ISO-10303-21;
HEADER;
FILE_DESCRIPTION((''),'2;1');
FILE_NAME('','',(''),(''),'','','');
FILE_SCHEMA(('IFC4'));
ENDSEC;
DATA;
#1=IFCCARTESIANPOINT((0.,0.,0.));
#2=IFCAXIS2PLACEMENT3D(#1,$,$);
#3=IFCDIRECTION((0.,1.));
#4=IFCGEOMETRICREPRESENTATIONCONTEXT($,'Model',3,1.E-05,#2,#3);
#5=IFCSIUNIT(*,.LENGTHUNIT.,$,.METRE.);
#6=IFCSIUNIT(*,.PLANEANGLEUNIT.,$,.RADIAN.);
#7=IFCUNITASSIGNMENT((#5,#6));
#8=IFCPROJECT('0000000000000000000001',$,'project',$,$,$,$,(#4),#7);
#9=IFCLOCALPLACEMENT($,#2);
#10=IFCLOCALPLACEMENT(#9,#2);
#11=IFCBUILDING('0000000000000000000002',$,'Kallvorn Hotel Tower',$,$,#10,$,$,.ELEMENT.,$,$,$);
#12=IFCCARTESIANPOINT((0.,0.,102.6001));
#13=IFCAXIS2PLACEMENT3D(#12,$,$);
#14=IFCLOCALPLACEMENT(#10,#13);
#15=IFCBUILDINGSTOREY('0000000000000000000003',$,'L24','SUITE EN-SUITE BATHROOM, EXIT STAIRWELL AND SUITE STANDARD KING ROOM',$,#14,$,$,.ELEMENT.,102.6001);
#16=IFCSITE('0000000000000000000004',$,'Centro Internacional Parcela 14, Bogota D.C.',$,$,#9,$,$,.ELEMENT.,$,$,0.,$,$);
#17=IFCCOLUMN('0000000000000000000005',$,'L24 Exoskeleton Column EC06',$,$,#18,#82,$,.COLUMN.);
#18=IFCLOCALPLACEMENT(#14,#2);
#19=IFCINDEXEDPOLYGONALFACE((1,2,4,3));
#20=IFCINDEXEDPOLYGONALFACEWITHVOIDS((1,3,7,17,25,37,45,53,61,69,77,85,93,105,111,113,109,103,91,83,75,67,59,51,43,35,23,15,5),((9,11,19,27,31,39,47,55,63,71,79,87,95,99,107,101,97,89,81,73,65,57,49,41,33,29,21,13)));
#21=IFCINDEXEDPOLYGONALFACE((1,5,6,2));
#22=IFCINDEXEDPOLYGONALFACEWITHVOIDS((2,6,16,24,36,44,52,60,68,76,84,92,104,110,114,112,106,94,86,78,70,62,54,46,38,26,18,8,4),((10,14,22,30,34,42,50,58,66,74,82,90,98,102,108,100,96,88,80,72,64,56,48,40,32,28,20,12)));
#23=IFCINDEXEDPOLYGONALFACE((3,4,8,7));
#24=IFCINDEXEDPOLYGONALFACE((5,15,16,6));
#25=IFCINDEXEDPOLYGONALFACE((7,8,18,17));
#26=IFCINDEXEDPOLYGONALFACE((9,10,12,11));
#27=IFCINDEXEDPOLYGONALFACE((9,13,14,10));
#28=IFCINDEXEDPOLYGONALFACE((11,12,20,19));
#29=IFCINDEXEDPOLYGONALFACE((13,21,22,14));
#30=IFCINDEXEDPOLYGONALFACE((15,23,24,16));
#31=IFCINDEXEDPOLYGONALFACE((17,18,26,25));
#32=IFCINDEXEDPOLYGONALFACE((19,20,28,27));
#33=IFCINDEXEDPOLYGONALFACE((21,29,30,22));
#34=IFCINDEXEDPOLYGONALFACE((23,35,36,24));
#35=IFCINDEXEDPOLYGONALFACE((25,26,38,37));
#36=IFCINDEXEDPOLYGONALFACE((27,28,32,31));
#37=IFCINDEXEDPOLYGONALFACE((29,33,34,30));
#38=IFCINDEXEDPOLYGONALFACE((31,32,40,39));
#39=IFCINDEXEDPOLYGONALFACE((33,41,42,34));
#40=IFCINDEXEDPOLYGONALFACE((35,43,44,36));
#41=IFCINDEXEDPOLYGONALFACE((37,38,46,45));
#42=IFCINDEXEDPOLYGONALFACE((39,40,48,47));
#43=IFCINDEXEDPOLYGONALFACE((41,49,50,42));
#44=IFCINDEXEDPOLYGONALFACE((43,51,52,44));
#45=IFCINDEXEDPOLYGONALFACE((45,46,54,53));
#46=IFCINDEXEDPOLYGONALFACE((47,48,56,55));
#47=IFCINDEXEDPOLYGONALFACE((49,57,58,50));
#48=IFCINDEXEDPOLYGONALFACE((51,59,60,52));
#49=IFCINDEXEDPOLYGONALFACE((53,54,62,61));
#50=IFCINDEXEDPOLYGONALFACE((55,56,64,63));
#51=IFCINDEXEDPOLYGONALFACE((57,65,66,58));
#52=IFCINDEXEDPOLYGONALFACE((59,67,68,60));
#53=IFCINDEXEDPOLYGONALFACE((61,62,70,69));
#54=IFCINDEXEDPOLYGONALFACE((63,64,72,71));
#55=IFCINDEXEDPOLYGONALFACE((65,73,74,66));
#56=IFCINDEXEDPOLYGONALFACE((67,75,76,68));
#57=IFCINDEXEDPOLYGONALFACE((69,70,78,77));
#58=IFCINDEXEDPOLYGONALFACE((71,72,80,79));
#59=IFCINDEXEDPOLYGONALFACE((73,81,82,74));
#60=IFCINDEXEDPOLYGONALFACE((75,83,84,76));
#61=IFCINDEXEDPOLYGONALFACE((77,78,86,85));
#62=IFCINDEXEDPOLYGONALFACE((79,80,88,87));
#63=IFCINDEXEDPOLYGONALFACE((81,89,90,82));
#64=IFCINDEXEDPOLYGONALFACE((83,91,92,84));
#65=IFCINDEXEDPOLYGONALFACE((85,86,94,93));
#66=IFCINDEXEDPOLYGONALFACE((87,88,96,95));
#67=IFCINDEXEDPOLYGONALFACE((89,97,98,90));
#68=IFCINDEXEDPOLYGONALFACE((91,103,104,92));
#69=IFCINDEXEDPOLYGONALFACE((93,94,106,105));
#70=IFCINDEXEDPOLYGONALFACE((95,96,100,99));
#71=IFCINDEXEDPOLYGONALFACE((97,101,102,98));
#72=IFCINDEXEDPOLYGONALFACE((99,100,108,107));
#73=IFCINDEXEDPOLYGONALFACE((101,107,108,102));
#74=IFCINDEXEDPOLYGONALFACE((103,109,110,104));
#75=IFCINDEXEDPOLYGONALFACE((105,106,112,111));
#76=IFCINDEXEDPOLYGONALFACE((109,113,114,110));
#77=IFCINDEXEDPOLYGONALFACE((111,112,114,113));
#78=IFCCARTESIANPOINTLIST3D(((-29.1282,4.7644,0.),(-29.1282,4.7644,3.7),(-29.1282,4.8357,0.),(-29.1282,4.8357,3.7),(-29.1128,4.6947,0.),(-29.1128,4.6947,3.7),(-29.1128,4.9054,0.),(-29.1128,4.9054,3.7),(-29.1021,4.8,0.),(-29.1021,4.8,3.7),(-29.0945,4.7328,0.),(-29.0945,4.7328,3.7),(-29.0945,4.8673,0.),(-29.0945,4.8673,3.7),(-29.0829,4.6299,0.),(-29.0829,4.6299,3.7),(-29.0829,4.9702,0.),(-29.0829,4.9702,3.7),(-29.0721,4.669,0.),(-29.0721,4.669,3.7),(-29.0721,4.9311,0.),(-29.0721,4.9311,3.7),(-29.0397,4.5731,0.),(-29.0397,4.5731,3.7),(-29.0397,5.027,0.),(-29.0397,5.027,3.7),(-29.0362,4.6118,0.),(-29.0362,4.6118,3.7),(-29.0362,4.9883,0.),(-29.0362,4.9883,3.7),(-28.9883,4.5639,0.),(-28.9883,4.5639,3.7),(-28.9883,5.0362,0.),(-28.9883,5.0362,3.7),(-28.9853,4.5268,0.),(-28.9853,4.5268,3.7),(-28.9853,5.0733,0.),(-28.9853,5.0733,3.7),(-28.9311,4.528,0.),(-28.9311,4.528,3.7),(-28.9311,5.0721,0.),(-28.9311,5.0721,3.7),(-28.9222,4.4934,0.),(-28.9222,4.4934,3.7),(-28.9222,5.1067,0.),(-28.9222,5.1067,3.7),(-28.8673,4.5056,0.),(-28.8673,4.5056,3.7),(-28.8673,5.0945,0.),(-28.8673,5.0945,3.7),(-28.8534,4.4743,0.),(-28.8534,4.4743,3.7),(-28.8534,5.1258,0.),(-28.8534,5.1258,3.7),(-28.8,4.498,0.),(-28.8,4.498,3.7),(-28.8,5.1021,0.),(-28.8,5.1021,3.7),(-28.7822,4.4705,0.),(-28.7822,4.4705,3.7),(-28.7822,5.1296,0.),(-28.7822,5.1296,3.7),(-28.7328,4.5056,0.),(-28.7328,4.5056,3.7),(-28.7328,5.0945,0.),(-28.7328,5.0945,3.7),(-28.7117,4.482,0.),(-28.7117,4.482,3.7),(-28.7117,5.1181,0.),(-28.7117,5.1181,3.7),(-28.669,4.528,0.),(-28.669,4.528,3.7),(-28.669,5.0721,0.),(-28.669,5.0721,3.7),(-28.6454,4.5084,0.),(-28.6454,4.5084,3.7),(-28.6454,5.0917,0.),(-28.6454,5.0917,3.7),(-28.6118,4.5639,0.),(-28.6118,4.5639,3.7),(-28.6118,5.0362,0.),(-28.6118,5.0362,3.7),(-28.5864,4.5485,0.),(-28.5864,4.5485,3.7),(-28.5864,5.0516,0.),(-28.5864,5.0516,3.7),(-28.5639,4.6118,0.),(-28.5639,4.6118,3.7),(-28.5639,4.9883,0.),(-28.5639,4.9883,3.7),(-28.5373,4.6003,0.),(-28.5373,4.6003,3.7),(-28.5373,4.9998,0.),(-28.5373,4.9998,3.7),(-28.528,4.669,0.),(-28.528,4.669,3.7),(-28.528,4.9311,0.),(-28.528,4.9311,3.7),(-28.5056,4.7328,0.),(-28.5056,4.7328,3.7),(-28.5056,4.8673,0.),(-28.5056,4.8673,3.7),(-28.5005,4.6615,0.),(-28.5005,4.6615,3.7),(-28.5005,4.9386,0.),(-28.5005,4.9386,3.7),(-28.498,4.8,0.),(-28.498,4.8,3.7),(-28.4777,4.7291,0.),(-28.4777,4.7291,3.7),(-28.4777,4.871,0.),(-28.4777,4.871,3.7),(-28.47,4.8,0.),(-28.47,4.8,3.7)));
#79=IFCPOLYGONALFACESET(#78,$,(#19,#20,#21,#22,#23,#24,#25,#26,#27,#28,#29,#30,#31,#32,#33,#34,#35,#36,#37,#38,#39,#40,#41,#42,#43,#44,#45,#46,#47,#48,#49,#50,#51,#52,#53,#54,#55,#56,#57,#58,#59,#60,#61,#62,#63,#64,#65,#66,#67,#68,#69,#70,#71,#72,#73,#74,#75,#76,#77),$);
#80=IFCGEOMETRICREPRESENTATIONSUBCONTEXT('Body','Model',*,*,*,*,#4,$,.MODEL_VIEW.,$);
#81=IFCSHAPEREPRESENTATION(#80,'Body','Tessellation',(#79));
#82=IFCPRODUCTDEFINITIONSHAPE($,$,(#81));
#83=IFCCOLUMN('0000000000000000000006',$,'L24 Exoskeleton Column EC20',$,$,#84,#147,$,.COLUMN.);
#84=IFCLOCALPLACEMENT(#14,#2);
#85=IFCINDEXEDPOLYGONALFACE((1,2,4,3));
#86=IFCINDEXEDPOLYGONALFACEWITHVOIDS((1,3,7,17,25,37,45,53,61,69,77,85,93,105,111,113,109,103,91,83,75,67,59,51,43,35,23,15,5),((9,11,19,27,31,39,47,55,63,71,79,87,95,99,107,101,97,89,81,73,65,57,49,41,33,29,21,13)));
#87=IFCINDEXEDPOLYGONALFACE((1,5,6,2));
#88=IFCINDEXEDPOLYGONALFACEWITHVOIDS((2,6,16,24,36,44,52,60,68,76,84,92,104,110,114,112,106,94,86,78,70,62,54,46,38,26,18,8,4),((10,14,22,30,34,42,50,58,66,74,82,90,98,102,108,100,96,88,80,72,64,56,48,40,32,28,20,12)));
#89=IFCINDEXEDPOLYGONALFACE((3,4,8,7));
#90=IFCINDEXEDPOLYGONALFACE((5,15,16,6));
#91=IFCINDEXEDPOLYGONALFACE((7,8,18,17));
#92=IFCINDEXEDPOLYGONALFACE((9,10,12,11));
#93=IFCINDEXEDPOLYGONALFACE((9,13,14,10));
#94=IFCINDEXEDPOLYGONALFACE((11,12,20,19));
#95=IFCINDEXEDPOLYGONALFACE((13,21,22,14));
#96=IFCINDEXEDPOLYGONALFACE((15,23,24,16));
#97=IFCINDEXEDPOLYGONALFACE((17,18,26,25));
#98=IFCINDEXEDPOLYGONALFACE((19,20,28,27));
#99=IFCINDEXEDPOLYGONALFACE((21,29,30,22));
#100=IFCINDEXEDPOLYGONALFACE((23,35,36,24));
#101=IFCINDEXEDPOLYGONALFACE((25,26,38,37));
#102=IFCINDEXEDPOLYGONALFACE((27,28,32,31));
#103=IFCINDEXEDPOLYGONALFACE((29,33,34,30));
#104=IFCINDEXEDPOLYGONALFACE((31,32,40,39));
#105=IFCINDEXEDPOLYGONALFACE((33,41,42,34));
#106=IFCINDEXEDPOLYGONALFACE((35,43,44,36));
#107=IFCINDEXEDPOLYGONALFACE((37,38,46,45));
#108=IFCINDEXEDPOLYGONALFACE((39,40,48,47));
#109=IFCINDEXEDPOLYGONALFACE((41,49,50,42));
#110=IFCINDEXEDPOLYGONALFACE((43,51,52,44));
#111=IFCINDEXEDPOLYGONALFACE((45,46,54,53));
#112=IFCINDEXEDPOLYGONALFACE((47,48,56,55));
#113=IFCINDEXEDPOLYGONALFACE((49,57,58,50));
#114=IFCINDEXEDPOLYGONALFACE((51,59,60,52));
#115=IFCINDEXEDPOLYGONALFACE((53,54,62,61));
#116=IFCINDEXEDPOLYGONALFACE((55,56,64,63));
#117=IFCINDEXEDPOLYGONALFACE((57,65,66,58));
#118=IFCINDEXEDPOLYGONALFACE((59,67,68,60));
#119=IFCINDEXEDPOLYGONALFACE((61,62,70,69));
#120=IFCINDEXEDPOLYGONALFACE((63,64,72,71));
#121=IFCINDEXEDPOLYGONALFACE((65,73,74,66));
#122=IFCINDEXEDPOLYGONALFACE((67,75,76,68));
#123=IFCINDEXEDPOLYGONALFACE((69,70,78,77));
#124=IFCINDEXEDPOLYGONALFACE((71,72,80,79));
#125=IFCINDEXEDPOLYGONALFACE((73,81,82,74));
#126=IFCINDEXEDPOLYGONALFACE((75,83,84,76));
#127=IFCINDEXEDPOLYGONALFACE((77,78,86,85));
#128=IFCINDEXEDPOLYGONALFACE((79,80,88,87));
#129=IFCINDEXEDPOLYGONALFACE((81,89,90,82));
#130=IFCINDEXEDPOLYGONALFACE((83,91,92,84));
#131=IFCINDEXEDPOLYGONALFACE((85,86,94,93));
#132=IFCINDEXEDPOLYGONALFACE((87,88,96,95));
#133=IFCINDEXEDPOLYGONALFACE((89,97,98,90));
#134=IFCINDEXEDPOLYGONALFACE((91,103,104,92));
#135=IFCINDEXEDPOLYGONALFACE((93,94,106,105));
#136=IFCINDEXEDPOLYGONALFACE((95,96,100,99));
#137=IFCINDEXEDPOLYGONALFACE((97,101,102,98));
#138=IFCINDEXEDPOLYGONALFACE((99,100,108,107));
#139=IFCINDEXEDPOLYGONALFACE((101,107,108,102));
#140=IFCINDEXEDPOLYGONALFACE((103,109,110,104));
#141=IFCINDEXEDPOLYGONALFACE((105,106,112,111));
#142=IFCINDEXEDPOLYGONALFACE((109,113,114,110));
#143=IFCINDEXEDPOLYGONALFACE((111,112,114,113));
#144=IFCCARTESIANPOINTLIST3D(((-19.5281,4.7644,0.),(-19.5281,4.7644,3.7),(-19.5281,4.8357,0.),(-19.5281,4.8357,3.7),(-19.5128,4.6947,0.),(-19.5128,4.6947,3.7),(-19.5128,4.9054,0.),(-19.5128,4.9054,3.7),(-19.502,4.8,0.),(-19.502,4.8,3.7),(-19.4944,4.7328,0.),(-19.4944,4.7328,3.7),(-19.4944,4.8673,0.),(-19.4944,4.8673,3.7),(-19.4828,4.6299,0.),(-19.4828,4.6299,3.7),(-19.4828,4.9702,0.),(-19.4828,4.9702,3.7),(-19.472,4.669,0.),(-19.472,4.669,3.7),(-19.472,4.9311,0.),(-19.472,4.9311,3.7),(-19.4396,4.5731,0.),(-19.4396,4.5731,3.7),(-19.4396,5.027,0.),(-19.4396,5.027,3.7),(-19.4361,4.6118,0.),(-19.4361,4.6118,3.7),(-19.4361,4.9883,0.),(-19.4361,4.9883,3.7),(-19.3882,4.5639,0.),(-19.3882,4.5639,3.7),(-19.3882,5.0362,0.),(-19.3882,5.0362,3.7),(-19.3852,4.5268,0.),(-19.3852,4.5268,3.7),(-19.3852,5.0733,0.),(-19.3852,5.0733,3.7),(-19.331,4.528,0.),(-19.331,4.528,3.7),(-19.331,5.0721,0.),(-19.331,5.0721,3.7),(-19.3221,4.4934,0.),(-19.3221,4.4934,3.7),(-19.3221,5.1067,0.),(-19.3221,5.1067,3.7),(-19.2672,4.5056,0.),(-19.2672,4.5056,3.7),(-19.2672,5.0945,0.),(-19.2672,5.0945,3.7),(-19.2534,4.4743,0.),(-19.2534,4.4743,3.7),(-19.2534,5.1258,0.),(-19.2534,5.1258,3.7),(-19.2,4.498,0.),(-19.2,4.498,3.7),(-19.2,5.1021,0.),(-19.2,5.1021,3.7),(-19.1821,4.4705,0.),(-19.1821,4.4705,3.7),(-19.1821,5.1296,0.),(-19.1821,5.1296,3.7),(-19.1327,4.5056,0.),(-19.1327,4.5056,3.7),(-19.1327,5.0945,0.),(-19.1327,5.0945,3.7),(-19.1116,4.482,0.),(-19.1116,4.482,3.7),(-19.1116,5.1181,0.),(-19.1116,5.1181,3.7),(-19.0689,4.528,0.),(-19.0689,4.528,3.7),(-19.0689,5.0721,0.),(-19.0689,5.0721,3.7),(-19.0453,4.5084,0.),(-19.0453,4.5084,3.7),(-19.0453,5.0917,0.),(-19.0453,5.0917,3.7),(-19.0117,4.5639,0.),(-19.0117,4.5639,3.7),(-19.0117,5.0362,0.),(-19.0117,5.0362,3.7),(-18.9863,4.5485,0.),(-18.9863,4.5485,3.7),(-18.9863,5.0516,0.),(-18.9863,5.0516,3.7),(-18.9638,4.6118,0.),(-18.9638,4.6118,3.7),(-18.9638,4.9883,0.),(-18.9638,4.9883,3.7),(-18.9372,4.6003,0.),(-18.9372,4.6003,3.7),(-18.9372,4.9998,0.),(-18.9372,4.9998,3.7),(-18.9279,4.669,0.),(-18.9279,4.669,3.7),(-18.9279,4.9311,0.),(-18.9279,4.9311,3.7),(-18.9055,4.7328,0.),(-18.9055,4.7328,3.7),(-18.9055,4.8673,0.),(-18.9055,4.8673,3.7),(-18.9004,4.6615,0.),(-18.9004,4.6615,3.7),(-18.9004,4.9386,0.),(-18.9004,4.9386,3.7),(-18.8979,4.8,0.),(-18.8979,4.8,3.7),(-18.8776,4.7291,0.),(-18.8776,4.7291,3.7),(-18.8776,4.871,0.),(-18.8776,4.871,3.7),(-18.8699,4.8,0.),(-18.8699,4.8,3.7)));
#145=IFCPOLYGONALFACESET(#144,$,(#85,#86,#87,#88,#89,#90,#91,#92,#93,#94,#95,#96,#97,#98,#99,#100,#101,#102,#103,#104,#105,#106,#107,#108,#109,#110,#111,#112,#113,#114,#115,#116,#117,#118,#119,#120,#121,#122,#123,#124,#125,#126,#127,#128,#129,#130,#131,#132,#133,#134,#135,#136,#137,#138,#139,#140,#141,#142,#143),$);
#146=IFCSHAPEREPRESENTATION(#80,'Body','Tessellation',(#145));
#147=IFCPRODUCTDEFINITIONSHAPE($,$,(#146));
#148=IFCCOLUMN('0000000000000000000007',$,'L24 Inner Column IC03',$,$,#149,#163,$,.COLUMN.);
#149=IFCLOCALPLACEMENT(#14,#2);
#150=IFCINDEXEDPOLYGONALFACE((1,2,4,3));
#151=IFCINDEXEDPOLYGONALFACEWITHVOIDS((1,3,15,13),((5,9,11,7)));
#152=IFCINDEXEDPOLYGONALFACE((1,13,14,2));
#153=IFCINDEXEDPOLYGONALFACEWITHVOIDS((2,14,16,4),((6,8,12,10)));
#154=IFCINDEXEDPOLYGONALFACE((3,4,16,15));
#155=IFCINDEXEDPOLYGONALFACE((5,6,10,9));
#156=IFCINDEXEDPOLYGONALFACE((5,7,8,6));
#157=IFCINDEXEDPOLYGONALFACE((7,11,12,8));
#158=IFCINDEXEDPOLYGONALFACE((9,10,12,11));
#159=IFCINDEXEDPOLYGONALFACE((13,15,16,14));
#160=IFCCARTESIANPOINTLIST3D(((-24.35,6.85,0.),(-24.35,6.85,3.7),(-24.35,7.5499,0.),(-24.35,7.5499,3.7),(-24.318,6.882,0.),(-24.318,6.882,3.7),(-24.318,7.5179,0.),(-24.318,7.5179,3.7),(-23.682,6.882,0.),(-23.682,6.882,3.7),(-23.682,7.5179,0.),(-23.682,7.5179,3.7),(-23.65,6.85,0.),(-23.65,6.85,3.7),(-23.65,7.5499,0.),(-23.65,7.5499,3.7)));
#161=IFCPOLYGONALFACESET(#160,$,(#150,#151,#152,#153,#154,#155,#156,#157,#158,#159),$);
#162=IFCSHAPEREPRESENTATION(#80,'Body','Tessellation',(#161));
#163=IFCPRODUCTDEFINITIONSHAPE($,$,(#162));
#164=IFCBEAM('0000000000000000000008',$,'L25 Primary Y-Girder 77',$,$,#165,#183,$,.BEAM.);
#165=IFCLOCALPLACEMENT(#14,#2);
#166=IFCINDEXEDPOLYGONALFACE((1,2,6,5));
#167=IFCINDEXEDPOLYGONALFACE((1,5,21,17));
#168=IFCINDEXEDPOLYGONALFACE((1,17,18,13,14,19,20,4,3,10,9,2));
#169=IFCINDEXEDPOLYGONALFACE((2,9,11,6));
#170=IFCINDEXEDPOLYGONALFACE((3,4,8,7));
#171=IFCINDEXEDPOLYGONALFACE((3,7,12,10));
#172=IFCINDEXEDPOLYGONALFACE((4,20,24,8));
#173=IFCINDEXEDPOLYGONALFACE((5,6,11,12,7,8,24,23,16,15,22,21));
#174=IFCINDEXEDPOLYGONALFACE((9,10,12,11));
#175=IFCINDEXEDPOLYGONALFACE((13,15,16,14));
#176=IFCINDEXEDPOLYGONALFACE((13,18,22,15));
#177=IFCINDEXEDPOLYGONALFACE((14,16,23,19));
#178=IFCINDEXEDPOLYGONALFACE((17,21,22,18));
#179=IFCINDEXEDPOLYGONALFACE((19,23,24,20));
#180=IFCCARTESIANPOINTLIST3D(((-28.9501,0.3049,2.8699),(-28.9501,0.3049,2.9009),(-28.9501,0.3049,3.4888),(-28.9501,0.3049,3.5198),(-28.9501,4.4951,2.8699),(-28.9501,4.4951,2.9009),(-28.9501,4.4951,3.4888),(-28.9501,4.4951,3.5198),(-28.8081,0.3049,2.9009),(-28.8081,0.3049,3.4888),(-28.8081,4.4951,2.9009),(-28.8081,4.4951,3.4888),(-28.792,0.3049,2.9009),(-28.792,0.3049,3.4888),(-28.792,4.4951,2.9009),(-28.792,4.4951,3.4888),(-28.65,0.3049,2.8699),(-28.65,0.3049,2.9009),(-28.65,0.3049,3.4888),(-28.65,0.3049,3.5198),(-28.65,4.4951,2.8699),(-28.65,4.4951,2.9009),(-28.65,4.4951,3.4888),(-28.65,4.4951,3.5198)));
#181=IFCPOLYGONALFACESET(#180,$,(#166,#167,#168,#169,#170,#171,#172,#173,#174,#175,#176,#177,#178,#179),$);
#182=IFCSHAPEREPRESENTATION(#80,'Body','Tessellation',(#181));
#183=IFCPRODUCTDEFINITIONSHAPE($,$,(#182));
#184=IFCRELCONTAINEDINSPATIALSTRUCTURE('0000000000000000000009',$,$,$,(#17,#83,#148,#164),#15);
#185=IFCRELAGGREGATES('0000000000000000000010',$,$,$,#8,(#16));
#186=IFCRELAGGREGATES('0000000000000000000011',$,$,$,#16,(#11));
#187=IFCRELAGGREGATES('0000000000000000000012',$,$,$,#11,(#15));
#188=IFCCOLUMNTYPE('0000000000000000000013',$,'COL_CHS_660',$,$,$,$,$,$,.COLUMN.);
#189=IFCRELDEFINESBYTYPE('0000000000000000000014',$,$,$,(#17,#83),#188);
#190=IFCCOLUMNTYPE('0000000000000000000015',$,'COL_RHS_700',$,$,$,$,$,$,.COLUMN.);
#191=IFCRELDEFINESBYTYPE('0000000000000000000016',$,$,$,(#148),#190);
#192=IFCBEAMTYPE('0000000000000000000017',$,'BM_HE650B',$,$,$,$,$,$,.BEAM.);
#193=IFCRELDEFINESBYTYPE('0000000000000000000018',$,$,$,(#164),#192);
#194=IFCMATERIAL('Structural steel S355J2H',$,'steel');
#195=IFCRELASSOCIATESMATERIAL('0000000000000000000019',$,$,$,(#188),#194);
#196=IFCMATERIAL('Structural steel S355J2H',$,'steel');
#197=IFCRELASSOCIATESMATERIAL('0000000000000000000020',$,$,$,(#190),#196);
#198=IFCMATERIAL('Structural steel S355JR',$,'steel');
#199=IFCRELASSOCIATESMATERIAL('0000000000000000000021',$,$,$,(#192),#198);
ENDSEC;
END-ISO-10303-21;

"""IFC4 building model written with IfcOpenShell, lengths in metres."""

from ifc_helpers import new_model, si_unit, direction, frame, origin, origin_2d, place, context, subcontext, project, spatial, hollow_rectangle, hollow_circle, i_section, extrude, material, material_profile, profile_set, type_object, element, save


model = new_model("IFC4")

# Units and contexts
model_context = context("Model", 3, precision=1e-05, world=origin(), true_north=direction((0.0, 1.0)))
body_context = subcontext(model_context, "Body", "Model", "MODEL_VIEW")
ifc_project = project(units=[si_unit("LENGTHUNIT", "METRE"), si_unit("PLANEANGLEUNIT", "RADIAN")], contexts=[model_context])

# Site, building, storey
site_placement = place(None, origin())
site = spatial("IfcSite", under=ifc_project, at=site_placement, Name="Centro Internacional Parcela 14, Bogota D.C.", CompositionType="ELEMENT", RefElevation=0.0)
building_placement = place(site_placement, origin())
building = spatial("IfcBuilding", under=site, at=building_placement, Name="Kallvorn Hotel Tower", CompositionType="ELEMENT")
storey_placement = place(building_placement, frame((0.0, 0.0, 102.6001)))
storey = spatial("IfcBuildingStorey", under=building, at=storey_placement, Name="L24", Description="SUITE EN-SUITE BATHROOM, EXIT STAIRWELL AND SUITE STANDARD KING ROOM", CompositionType="ELEMENT", Elevation=102.6001)

# Columns
ifc_material_1 = material(Name="Structural steel S355J2H", Category="steel")
ifc_material_profile_1 = material_profile(ifc_material_1, hollow_circle(Radius=0.3301, WallThickness=0.0281, at=origin_2d()), Name="CHS 660x28")
ifc_profile_set_1 = profile_set([ifc_material_profile_1], Name="Structural steel S355J2H")
column_type_1 = type_object("IfcColumnType", Name="COL_CHS_660", PredefinedType="COLUMN", material=ifc_profile_set_1)
for number, where, z_axis, x_axis, name in (
    (1, (-28.8, 4.8, 0.0), (0.0, 0.0, 1.0), (1.0, 0.0, 0.0), "L24 Exoskeleton Column EC06"),
    (2, (-19.2, 4.8, 0.0), (0.0, 0.0, 1.0), (1.0, 0.0, 0.0), "L24 Exoskeleton Column EC20"),
):
    element("IfcColumn", number, at=place(storey_placement, frame(where, z_axis=z_axis, x_axis=x_axis)), inside=storey, type_object=column_type_1, Name=name, PredefinedType="COLUMN", context=body_context, shape_type="SweptSolid", body=[
        extrude(hollow_circle(Radius=0.3301, WallThickness=0.0281, at=origin_2d()), origin(), (0.0, 0.0, 1.0), 3.7),
    ])
ifc_material_2 = material(Name="Structural steel S355J2H", Category="steel")
ifc_material_profile_2 = material_profile(ifc_material_2, hollow_rectangle(XDim=0.7, YDim=0.7, WallThickness=0.032, at=origin_2d()), Name="RHS 700x700x32")
ifc_profile_set_2 = profile_set([ifc_material_profile_2], Name="Structural steel S355J2H")
column_type_2 = type_object("IfcColumnType", Name="COL_RHS_700", PredefinedType="COLUMN", material=ifc_profile_set_2)
column_placement = place(storey_placement, frame((-24.0, 7.2, 0.0), z_axis=(0.0, 0.0, 1.0), x_axis=(1.0, 0.0, 0.0)))
element("IfcColumn", 3, at=column_placement, inside=storey, type_object=column_type_2, Name="L24 Inner Column IC03", PredefinedType="COLUMN", context=body_context, shape_type="SweptSolid", body=[
    extrude(hollow_rectangle(XDim=0.7, YDim=0.7, WallThickness=0.032, at=origin_2d()), origin(), (0.0, 0.0, 1.0), 3.7),
])

# Beam
ifc_material_3 = material(Name="Structural steel S355JR", Category="steel")
ifc_material_profile_3 = material_profile(ifc_material_3, i_section(OverallWidth=0.3, OverallDepth=0.6499, WebThickness=0.0161, FlangeThickness=0.031, at=origin_2d()), Name="HE 650 B")
ifc_profile_set_3 = profile_set([ifc_material_profile_3], Name="Structural steel S355JR")
beam_type_1 = type_object("IfcBeamType", Name="BM_HE650B", PredefinedType="BEAM", material=ifc_profile_set_3)
beam_1_placement = place(storey_placement, frame((-28.8, 0.3049, 3.1948), z_axis=(0.0, 1.0, 0.0), x_axis=(-1.0, 0.0, 0.0)))
element("IfcBeam", 4, at=beam_1_placement, inside=storey, type_object=beam_type_1, Name="L25 Primary Y-Girder 77", PredefinedType="BEAM", context=body_context, shape_type="SweptSolid", body=[
    extrude(i_section(OverallWidth=0.3, OverallDepth=0.6499, WebThickness=0.0161, FlangeThickness=0.031, at=origin_2d()), origin(), (0.0, 0.0, 1.0), 4.1902),
])

save(model, "model.ifc")
